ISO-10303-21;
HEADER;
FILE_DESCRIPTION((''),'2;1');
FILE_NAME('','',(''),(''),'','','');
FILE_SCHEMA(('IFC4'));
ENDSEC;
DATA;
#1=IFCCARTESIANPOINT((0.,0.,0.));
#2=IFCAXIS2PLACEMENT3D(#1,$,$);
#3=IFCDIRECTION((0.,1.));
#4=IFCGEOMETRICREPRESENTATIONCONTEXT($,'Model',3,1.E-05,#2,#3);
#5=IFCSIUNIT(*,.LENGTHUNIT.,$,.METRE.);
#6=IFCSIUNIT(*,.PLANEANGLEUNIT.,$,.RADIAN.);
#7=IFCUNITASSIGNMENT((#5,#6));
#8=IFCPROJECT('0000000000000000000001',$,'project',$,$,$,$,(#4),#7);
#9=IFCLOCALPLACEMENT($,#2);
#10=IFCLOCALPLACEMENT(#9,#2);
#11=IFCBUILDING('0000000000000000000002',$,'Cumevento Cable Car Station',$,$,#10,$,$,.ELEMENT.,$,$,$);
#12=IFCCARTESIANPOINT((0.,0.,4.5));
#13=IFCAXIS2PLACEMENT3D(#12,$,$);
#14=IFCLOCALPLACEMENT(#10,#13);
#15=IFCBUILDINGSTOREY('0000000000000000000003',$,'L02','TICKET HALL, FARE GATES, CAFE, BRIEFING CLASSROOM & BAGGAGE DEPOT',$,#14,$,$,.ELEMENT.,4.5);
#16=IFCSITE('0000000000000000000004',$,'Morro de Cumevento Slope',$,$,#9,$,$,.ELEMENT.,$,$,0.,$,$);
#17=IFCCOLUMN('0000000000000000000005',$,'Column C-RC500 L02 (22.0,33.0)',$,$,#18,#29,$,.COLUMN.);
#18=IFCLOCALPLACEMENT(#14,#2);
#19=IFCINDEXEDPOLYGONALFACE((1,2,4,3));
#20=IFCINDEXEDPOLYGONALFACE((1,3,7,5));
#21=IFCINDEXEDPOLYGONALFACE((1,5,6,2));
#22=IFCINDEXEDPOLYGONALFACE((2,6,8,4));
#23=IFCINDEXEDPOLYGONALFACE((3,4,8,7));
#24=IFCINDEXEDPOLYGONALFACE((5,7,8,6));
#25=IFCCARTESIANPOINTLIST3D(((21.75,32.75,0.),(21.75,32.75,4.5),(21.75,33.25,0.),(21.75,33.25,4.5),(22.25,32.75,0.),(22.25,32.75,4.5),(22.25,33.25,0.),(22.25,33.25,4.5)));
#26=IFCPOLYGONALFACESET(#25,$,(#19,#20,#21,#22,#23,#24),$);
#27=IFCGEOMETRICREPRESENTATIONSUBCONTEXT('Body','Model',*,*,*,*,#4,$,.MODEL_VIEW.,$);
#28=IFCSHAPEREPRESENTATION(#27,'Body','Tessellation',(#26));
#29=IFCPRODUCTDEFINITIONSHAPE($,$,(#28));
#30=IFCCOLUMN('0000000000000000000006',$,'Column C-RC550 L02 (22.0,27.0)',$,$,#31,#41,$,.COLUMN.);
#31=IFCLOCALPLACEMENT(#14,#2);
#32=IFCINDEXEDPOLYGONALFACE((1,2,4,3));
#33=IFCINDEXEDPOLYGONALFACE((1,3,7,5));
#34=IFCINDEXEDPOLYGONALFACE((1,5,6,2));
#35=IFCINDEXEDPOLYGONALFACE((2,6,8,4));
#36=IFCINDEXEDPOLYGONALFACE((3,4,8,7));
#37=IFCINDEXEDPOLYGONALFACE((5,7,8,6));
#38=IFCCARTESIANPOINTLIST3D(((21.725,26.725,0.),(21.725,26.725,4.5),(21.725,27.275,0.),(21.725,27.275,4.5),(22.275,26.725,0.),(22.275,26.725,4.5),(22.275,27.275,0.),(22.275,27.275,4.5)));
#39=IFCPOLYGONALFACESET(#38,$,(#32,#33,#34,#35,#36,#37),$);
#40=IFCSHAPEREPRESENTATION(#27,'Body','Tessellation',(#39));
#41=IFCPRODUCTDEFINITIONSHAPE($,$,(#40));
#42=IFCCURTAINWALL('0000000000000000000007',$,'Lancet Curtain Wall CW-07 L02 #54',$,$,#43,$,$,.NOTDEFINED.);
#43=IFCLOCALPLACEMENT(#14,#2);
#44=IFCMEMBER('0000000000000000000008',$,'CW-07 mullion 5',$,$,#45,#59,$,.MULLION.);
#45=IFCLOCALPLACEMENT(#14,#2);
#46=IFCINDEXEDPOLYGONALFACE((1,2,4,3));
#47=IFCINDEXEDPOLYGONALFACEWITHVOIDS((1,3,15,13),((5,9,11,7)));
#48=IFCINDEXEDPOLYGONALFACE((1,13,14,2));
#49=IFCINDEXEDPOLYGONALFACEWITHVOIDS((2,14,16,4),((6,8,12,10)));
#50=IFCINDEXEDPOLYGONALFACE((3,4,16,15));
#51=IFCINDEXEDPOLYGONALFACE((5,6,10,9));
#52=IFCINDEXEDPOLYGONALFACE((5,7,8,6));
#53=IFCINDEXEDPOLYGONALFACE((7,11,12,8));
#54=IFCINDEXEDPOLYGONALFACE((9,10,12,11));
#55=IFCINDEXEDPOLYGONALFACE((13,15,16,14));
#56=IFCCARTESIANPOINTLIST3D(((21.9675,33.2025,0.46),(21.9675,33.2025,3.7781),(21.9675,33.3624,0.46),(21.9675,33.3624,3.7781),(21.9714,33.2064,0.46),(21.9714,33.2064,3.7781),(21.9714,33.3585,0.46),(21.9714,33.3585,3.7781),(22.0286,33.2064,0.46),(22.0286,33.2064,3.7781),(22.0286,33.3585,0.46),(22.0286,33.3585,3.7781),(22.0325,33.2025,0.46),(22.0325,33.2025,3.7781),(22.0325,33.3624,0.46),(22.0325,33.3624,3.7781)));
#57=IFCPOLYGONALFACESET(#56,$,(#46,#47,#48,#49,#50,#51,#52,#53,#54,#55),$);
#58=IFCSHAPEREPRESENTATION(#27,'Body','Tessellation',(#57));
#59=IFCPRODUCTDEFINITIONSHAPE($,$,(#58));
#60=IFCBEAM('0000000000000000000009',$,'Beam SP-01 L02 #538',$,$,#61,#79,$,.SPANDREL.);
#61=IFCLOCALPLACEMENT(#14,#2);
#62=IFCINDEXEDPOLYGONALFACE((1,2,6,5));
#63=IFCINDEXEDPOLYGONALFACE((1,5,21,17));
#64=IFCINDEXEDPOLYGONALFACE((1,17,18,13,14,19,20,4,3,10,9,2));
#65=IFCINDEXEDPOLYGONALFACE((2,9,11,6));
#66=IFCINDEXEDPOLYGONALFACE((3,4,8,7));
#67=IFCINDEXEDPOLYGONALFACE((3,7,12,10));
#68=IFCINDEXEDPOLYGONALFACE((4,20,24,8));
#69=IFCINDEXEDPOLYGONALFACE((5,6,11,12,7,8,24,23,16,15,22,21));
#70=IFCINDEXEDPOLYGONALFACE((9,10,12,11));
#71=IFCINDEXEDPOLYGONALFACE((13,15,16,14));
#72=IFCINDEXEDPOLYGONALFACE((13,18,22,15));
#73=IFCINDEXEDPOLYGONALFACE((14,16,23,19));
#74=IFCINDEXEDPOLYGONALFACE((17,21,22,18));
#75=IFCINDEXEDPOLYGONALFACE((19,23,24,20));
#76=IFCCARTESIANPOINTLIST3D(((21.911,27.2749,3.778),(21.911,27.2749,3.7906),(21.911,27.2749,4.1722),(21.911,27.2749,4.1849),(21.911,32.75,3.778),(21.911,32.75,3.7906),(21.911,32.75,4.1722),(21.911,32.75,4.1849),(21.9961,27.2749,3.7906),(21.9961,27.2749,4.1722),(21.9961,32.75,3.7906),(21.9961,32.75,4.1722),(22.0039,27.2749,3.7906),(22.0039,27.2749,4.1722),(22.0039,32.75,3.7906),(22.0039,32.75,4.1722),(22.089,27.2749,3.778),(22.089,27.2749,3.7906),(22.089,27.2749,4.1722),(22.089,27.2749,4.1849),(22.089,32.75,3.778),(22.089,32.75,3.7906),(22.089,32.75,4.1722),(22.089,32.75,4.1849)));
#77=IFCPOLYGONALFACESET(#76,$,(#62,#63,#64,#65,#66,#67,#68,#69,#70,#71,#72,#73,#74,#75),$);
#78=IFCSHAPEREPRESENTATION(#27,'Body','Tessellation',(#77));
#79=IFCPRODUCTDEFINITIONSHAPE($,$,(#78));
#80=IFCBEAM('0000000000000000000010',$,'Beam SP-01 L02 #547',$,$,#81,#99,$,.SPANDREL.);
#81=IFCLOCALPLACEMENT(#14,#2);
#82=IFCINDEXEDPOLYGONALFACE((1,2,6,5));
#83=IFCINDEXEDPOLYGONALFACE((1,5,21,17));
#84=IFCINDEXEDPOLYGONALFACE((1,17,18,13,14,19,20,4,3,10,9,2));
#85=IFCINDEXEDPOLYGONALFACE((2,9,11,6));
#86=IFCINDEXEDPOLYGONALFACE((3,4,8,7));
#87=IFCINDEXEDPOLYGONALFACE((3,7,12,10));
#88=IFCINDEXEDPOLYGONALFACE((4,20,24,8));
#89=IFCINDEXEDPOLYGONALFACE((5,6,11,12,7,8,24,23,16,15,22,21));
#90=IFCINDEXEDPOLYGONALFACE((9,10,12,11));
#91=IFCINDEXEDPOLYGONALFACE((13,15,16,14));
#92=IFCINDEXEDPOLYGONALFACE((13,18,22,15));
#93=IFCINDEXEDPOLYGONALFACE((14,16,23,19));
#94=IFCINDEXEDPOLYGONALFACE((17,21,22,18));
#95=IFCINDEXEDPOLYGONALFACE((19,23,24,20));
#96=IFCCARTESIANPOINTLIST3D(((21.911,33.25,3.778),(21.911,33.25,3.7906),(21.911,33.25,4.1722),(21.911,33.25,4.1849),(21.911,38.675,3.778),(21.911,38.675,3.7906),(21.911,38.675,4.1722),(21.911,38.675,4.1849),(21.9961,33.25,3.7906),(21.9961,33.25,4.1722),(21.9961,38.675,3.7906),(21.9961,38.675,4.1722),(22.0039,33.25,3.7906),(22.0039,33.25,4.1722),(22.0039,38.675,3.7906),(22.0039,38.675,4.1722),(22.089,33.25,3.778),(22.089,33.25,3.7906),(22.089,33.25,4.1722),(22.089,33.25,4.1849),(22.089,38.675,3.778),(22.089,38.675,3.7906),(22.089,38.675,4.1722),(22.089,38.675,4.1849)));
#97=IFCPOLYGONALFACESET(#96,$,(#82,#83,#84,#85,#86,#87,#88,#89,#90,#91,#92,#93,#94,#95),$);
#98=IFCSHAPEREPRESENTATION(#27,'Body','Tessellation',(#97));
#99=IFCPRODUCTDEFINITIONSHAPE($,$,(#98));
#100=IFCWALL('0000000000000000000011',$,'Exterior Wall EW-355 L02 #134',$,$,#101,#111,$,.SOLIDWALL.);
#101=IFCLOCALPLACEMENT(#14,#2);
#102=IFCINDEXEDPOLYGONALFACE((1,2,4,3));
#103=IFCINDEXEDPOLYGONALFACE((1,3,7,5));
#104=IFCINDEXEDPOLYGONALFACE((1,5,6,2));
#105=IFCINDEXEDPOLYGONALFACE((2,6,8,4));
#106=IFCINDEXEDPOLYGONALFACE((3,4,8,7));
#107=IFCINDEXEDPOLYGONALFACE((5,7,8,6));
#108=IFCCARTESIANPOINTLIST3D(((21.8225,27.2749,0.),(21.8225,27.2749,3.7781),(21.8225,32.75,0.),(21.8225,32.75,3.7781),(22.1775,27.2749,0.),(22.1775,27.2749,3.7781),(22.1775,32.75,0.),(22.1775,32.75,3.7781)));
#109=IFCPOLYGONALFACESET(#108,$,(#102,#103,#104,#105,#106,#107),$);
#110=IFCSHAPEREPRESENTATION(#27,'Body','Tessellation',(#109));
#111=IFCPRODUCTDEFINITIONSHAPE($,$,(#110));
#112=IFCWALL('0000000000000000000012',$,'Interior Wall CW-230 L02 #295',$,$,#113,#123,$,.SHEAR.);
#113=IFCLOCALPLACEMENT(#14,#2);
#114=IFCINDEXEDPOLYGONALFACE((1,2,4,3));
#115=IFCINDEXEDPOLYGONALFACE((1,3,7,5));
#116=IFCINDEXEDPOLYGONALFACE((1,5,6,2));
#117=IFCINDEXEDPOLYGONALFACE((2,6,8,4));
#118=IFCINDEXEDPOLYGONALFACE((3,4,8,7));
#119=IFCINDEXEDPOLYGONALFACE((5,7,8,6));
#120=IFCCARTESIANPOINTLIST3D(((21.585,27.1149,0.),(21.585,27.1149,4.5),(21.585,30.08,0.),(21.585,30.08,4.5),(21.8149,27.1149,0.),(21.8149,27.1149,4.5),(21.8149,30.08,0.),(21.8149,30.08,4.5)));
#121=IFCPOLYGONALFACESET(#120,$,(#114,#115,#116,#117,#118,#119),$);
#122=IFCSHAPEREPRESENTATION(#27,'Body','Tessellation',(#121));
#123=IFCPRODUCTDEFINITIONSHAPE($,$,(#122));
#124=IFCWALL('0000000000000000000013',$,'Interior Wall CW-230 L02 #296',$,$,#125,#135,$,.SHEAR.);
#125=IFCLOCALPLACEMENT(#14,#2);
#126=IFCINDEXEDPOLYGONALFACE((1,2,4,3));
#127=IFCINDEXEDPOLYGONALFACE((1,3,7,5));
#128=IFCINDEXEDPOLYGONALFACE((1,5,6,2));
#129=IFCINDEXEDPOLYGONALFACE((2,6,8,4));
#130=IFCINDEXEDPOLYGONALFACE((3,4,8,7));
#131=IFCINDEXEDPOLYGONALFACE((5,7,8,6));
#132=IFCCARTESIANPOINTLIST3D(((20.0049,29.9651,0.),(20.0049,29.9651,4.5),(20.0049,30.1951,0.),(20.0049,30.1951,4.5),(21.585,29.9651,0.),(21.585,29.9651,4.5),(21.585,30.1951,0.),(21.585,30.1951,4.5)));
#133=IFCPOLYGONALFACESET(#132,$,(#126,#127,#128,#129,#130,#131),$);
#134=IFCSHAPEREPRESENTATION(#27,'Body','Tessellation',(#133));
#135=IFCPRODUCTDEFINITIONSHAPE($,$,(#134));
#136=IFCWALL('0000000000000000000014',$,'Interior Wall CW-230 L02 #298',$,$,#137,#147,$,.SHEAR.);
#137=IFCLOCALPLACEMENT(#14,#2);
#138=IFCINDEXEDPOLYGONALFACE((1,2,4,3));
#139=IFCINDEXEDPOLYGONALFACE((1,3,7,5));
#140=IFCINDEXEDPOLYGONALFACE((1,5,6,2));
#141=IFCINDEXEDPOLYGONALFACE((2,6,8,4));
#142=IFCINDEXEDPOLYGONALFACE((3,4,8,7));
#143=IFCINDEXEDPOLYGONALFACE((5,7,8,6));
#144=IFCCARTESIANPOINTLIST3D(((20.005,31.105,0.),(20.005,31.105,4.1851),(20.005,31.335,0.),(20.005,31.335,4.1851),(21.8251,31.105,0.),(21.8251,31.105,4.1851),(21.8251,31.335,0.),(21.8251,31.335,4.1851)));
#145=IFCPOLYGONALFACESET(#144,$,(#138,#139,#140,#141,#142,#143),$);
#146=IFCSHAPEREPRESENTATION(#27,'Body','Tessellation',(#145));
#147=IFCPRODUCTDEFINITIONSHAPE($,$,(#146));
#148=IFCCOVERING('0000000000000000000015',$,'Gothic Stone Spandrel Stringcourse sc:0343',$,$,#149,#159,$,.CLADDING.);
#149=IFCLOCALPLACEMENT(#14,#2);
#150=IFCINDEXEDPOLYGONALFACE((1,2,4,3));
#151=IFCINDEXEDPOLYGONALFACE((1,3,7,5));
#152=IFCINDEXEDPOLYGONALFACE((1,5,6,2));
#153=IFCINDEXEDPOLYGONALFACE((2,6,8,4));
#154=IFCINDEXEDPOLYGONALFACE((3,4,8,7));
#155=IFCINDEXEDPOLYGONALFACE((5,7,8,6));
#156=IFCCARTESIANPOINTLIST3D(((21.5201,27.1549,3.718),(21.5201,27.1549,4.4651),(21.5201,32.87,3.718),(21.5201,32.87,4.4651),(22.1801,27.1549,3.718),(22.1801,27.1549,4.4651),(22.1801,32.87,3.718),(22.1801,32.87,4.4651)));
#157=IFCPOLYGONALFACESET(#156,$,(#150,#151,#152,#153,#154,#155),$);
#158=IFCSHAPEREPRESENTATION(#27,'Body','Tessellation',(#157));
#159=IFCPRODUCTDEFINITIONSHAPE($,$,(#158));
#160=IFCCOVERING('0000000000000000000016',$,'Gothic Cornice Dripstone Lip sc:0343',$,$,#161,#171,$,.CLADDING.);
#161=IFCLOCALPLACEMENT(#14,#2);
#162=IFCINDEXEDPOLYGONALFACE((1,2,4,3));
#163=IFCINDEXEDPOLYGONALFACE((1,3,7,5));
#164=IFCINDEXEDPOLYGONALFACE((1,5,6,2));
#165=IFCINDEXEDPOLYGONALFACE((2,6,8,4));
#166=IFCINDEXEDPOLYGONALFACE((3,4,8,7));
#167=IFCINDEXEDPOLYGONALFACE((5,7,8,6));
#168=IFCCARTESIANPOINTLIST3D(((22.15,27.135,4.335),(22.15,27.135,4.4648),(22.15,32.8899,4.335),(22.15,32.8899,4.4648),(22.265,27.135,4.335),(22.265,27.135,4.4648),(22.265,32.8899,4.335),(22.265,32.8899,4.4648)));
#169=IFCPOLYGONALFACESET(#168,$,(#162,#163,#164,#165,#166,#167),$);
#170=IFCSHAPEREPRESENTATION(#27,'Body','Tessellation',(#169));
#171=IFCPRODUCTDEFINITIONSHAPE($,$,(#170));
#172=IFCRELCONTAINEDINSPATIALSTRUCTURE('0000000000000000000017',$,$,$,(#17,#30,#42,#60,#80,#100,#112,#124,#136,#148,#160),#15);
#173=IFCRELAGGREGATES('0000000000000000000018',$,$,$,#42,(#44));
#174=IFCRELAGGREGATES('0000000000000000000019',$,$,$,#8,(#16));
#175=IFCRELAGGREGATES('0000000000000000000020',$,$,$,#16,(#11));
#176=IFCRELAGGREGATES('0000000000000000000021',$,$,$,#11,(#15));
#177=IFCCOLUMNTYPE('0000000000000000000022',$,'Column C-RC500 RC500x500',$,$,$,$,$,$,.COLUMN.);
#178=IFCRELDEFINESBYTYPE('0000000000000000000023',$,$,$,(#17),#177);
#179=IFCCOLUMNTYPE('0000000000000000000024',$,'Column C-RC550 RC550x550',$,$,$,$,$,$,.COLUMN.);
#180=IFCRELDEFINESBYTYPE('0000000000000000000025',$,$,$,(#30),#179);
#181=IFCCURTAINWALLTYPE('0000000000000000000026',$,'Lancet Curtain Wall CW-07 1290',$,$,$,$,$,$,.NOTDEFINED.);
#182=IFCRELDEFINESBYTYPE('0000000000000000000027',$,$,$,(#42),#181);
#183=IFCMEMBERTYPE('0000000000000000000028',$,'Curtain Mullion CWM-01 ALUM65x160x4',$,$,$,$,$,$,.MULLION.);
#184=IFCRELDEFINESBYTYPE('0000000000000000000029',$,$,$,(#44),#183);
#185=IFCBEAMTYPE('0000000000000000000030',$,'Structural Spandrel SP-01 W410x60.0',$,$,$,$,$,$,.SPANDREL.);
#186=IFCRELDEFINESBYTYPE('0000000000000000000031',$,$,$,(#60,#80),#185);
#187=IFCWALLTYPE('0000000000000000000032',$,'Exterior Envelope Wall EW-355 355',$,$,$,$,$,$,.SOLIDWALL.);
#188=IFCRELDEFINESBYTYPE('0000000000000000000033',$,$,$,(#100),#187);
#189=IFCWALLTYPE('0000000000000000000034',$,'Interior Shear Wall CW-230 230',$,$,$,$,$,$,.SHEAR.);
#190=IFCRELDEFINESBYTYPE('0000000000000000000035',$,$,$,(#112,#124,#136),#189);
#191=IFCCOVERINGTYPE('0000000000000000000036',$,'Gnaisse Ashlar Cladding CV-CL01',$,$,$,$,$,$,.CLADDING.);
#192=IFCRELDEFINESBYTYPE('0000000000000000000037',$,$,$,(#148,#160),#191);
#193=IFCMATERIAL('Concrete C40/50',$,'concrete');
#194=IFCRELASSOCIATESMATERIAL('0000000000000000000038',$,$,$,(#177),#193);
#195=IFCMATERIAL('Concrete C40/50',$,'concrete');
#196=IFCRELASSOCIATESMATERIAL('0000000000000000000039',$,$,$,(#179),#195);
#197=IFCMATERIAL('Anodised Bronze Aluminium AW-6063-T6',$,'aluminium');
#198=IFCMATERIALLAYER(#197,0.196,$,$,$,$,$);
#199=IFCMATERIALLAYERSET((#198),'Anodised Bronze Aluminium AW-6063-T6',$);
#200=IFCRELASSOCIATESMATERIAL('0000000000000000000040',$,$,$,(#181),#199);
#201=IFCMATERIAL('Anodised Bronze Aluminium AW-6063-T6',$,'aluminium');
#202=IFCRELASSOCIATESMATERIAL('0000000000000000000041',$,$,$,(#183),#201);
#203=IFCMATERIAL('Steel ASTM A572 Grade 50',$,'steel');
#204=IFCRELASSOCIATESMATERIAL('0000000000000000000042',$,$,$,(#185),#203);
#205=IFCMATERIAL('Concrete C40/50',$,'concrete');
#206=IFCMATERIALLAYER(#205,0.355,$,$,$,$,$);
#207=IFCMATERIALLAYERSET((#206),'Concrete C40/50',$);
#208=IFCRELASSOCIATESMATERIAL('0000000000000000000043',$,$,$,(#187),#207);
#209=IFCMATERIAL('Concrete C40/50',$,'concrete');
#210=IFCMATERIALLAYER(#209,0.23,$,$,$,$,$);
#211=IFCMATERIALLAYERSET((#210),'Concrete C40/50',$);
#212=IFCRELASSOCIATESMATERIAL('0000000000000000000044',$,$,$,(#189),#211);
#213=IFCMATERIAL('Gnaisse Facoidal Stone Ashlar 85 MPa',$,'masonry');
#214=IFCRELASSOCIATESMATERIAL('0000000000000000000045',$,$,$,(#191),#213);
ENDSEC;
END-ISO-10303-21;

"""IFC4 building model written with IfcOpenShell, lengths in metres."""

from ifc_helpers import new_model, si_unit, direction, frame, frame_2d, origin, origin_2d, place, context, subcontext, project, spatial, rectangle, hollow_rectangle, i_section, extrude, material, layer, layer_set, material_profile, profile_set, type_object, element, aggregate, save


model = new_model("IFC4")

# Units and contexts
model_context = context("Model", 3, precision=1e-05, world=origin(), true_north=direction((0.0, 1.0)))
body_context = subcontext(model_context, "Body", "Model", "MODEL_VIEW")
ifc_project = project(units=[si_unit("LENGTHUNIT", "METRE"), si_unit("PLANEANGLEUNIT", "RADIAN")], contexts=[model_context])

# Site, building, storey
site_placement = place(None, origin())
site = spatial("IfcSite", under=ifc_project, at=site_placement, Name="Morro de Cumevento Slope", CompositionType="ELEMENT", RefElevation=0.0)
building_placement = place(site_placement, origin())
building = spatial("IfcBuilding", under=site, at=building_placement, Name="Cumevento Cable Car Station", CompositionType="ELEMENT")
storey_placement = place(building_placement, frame((0.0, 0.0, 4.5)))
storey = spatial("IfcBuildingStorey", under=building, at=storey_placement, Name="L02", Description="TICKET HALL, FARE GATES, CAFE, BRIEFING CLASSROOM & BAGGAGE DEPOT", CompositionType="ELEMENT", Elevation=4.5)

# Columns
ifc_material_1 = material(Name="Concrete C40/50", Category="concrete")
ifc_material_profile_1 = material_profile(ifc_material_1, rectangle(XDim=0.5, YDim=0.5, at=origin_2d()), Name="RC500x500")
ifc_profile_set_1 = profile_set([ifc_material_profile_1], Name="Concrete C40/50")
column_type_1 = type_object("IfcColumnType", Name="Column C-RC500 RC500x500", PredefinedType="COLUMN", material=ifc_profile_set_1)
column_1_placement = place(storey_placement, frame((22.0, 33.0, 0.0), z_axis=(0.0, 0.0, 1.0), x_axis=(1.0, 0.0, 0.0)))
element("IfcColumn", 1, at=column_1_placement, inside=storey, type_object=column_type_1, Name="Column C-RC500 L02 (22.0,33.0)", PredefinedType="COLUMN", context=body_context, shape_type="SweptSolid", body=[
    extrude(rectangle(XDim=0.5, YDim=0.5, at=origin_2d()), origin(), (0.0, 0.0, 1.0), 4.5),
])
ifc_material_2 = material(Name="Concrete C40/50", Category="concrete")
ifc_material_profile_2 = material_profile(ifc_material_2, rectangle(XDim=0.55, YDim=0.55, at=origin_2d()), Name="RC550x550")
ifc_profile_set_2 = profile_set([ifc_material_profile_2], Name="Concrete C40/50")
column_type_2 = type_object("IfcColumnType", Name="Column C-RC550 RC550x550", PredefinedType="COLUMN", material=ifc_profile_set_2)
column_2_placement = place(storey_placement, frame((22.0, 27.0, 0.0), z_axis=(0.0, 0.0, 1.0), x_axis=(1.0, 0.0, 0.0)))
element("IfcColumn", 2, at=column_2_placement, inside=storey, type_object=column_type_2, Name="Column C-RC550 L02 (22.0,27.0)", PredefinedType="COLUMN", context=body_context, shape_type="SweptSolid", body=[
    extrude(rectangle(XDim=0.55, YDim=0.55, at=origin_2d()), origin(), (0.0, 0.0, 1.0), 4.5),
])

# Curtain wall, member
ifc_material_3 = material(Name="Anodised Bronze Aluminium AW-6063-T6", Category="aluminium")
ifc_layer_1 = layer(ifc_material_3, 0.196)
ifc_layer_set_1 = layer_set([ifc_layer_1], Name="Anodised Bronze Aluminium AW-6063-T6")
curtain_wall_type = type_object("IfcCurtainWallType", Name="Lancet Curtain Wall CW-07 1290", PredefinedType="NOTDEFINED", material=ifc_layer_set_1)
curtain_wall_placement = place(storey_placement, origin())
curtain_wall = element("IfcCurtainWall", 3, at=curtain_wall_placement, inside=storey, type_object=curtain_wall_type, Name="Lancet Curtain Wall CW-07 L02 #54", PredefinedType="NOTDEFINED")
ifc_material_4 = material(Name="Anodised Bronze Aluminium AW-6063-T6", Category="aluminium")
ifc_material_profile_3 = material_profile(ifc_material_4, hollow_rectangle(XDim=0.0649, YDim=0.1599, WallThickness=0.0039, at=origin_2d()), Name="ALUM65x160x4")
ifc_profile_set_3 = profile_set([ifc_material_profile_3], Name="Anodised Bronze Aluminium AW-6063-T6")
member_type = type_object("IfcMemberType", Name="Curtain Mullion CWM-01 ALUM65x160x4", PredefinedType="MULLION", material=ifc_profile_set_3)
member_placement = place(storey_placement, frame((22.0, 33.2825, 0.46), z_axis=(0.0, 0.0, 1.0), x_axis=(1.0, 0.0, 0.0)))
member = element("IfcMember", 4, at=member_placement, type_object=member_type, Name="CW-07 mullion 5", PredefinedType="MULLION", context=body_context, shape_type="SweptSolid", body=[
    extrude(hollow_rectangle(XDim=0.0649, YDim=0.1599, WallThickness=0.0039, at=origin_2d()), origin(), (0.0, 0.0, 1.0), 3.3181),
])
aggregate(curtain_wall, [member])

# Beams
ifc_material_5 = material(Name="Steel ASTM A572 Grade 50", Category="steel")
ifc_material_profile_4 = material_profile(ifc_material_5, i_section(OverallWidth=0.178, OverallDepth=0.407, WebThickness=0.0078, FlangeThickness=0.0127, at=origin_2d()), Name="W410x60.0")
ifc_profile_set_4 = profile_set([ifc_material_profile_4], Name="Steel ASTM A572 Grade 50")
beam_type = type_object("IfcBeamType", Name="Structural Spandrel SP-01 W410x60.0", PredefinedType="SPANDREL", material=ifc_profile_set_4)
beam_1_placement = place(storey_placement, frame((22.0, 27.2749, 3.9814), z_axis=(0.0, 1.0, 0.0), x_axis=(-1.0, 0.0, 0.0)))
element("IfcBeam", 5, at=beam_1_placement, inside=storey, type_object=beam_type, Name="Beam SP-01 L02 #538", PredefinedType="SPANDREL", context=body_context, shape_type="SweptSolid", body=[
    extrude(i_section(OverallWidth=0.178, OverallDepth=0.407, WebThickness=0.0078, FlangeThickness=0.0127, at=origin_2d()), origin(), (0.0, 0.0, 1.0), 5.4751),
])
beam_2_placement = place(storey_placement, frame((22.0, 33.25, 3.9814), z_axis=(0.0, 1.0, 0.0), x_axis=(-1.0, 0.0, 0.0)))
element("IfcBeam", 6, at=beam_2_placement, inside=storey, type_object=beam_type, Name="Beam SP-01 L02 #547", PredefinedType="SPANDREL", context=body_context, shape_type="SweptSolid", body=[
    extrude(i_section(OverallWidth=0.178, OverallDepth=0.407, WebThickness=0.0078, FlangeThickness=0.0127, at=origin_2d()), origin(), (0.0, 0.0, 1.0), 5.425),
])

# Walls
ifc_material_6 = material(Name="Concrete C40/50", Category="concrete")
ifc_layer_2 = layer(ifc_material_6, 0.355)
ifc_layer_set_2 = layer_set([ifc_layer_2], Name="Concrete C40/50")
wall_type_1 = type_object("IfcWallType", Name="Exterior Envelope Wall EW-355 355", PredefinedType="SOLIDWALL", material=ifc_layer_set_2)
wall_1_placement = place(storey_placement, frame((22.0, 32.75, 0.0), z_axis=(0.0, 0.0, 1.0), x_axis=(0.0, -1.0, 0.0)))
element("IfcWall", 7, at=wall_1_placement, inside=storey, type_object=wall_type_1, Name="Exterior Wall EW-355 L02 #134", PredefinedType="SOLIDWALL", context=body_context, shape_type="SweptSolid", body=[
    extrude(rectangle(XDim=5.4751, YDim=0.355, at=frame_2d((2.7375, 0.0))), origin(), (0.0, 0.0, 1.0), 3.7781),
])
ifc_material_7 = material(Name="Concrete C40/50", Category="concrete")
ifc_layer_3 = layer(ifc_material_7, 0.23)
ifc_layer_set_3 = layer_set([ifc_layer_3], Name="Concrete C40/50")
wall_type_2 = type_object("IfcWallType", Name="Interior Shear Wall CW-230 230", PredefinedType="SHEAR", material=ifc_layer_set_3)
wall_2_placement = place(storey_placement, frame((21.7, 27.115, 0.0), z_axis=(0.0, 0.0, 1.0), x_axis=(0.0, 1.0, 0.0)))
element("IfcWall", 8, at=wall_2_placement, inside=storey, type_object=wall_type_2, Name="Interior Wall CW-230 L02 #295", PredefinedType="SHEAR", context=body_context, shape_type="SweptSolid", body=[
    extrude(rectangle(XDim=2.9651, YDim=0.23, at=frame_2d((1.4824, 0.0))), origin(), (0.0, 0.0, 1.0), 4.5),
])
wall_3_placement = place(storey_placement, frame((20.0049, 30.0801, 0.0), z_axis=(0.0, 0.0, 1.0), x_axis=(1.0, 0.0, 0.0)))
element("IfcWall", 9, at=wall_3_placement, inside=storey, type_object=wall_type_2, Name="Interior Wall CW-230 L02 #296", PredefinedType="SHEAR", context=body_context, shape_type="SweptSolid", body=[
    extrude(rectangle(XDim=1.5801, YDim=0.23, at=frame_2d((0.79, 0.0))), origin(), (0.0, 0.0, 1.0), 4.5),
])
wall_4_placement = place(storey_placement, frame((20.0049, 31.22, 0.0), z_axis=(0.0, 0.0, 1.0), x_axis=(1.0, 0.0, 0.0)))
element("IfcWall", 10, at=wall_4_placement, inside=storey, type_object=wall_type_2, Name="Interior Wall CW-230 L02 #298", PredefinedType="SHEAR", context=body_context, shape_type="SweptSolid", body=[
    extrude(rectangle(XDim=1.8201, YDim=0.23, at=frame_2d((0.9102, 0.0))), origin(), (0.0, 0.0, 1.0), 4.1851),
])

# Coverings
ifc_material_8 = material(Name="Gnaisse Facoidal Stone Ashlar 85 MPa", Category="masonry")
covering_type = type_object("IfcCoveringType", Name="Gnaisse Ashlar Cladding CV-CL01", PredefinedType="CLADDING", material=ifc_material_8)
covering_1_placement = place(storey_placement, frame((21.8501, 30.0125, 3.718), z_axis=(0.0, 0.0, 1.0), x_axis=(0.0, -1.0, 0.0)))
element("IfcCovering", 11, at=covering_1_placement, inside=storey, type_object=covering_type, Name="Gothic Stone Spandrel Stringcourse sc:0343", PredefinedType="CLADDING", context=body_context, shape_type="SweptSolid", body=[
    extrude(rectangle(XDim=5.7151, YDim=0.6599, at=origin_2d()), origin(), (0.0, 0.0, 1.0), 0.7471),
])
covering_2_placement = place(storey_placement, frame((22.2075, 30.0125, 4.335), z_axis=(0.0, 0.0, 1.0), x_axis=(0.0, -1.0, 0.0)))
element("IfcCovering", 12, at=covering_2_placement, inside=storey, type_object=covering_type, Name="Gothic Cornice Dripstone Lip sc:0343", PredefinedType="CLADDING", context=body_context, shape_type="SweptSolid", body=[
    extrude(rectangle(XDim=5.7549, YDim=0.115, at=origin_2d()), origin(), (0.0, 0.0, 1.0), 0.1299),
])

save(model, "model.ifc")
